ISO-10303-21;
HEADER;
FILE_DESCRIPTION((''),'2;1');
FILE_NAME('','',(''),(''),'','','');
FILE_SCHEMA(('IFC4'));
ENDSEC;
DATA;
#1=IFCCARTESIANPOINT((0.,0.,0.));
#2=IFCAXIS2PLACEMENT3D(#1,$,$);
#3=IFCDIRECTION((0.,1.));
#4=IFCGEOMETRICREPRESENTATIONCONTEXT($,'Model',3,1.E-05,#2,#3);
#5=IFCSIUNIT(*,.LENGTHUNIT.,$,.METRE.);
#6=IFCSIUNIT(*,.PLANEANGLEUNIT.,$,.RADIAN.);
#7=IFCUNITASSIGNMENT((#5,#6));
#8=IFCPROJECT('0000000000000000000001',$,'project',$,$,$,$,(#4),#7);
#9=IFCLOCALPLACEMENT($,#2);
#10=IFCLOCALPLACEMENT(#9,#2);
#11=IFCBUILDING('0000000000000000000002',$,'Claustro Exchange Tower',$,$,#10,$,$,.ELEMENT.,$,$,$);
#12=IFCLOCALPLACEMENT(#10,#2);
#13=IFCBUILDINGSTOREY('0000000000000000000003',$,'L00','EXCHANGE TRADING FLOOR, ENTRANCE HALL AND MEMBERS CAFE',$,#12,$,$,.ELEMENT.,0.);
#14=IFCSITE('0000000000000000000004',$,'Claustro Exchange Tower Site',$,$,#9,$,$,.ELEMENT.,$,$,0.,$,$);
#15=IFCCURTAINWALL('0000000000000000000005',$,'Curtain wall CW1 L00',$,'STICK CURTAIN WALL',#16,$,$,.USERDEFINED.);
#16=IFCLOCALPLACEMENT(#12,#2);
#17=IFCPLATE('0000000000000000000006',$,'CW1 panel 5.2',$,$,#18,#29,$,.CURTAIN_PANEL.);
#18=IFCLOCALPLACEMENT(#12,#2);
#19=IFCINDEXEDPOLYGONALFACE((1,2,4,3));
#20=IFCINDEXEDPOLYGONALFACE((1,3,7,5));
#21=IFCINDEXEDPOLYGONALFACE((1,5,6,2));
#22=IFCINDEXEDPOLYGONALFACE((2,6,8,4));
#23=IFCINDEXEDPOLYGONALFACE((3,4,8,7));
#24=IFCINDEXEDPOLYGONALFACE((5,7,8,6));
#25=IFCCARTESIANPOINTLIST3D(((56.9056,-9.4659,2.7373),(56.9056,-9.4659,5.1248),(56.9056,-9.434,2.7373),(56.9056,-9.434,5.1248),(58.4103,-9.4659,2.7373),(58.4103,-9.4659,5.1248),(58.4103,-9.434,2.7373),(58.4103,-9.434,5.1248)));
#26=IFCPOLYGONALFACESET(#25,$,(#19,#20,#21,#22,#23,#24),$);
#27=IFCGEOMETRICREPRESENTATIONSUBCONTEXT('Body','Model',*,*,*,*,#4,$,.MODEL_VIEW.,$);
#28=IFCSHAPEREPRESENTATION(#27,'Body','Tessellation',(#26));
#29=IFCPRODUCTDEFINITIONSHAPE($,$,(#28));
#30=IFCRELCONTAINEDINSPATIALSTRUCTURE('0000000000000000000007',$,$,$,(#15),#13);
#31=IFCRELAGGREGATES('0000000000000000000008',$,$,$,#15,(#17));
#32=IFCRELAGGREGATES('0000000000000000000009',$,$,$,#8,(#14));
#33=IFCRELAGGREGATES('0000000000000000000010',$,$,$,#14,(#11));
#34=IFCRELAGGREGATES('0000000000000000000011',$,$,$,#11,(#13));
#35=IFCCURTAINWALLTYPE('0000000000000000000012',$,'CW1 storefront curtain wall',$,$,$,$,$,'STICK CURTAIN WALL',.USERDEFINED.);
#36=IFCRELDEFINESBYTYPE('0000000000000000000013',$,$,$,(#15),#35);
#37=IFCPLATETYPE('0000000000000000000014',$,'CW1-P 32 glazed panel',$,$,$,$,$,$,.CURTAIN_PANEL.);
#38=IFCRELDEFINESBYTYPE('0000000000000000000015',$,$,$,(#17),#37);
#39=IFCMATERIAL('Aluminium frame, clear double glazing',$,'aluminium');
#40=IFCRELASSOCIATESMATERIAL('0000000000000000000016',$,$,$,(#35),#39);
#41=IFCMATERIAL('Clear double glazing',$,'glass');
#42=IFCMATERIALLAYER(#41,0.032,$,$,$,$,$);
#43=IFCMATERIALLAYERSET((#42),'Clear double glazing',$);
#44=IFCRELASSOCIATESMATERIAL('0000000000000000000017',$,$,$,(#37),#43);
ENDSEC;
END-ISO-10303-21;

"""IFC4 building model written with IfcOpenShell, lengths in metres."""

from ifc_helpers import new_model, si_unit, direction, frame, origin, origin_2d, place, context, subcontext, project, spatial, rectangle, extrude, material, layer, layer_set, type_object, element, aggregate, save


model = new_model("IFC4")

# Units and contexts
model_context = context("Model", 3, precision=1e-05, world=origin(), true_north=direction((0.0, 1.0)))
body_context = subcontext(model_context, "Body", "Model", "MODEL_VIEW")
ifc_project = project(units=[si_unit("LENGTHUNIT", "METRE"), si_unit("PLANEANGLEUNIT", "RADIAN")], contexts=[model_context])

# Site, building, storey
site_placement = place(None, origin())
site = spatial("IfcSite", under=ifc_project, at=site_placement, Name="Claustro Exchange Tower Site", CompositionType="ELEMENT", RefElevation=0.0)
building_placement = place(site_placement, origin())
building = spatial("IfcBuilding", under=site, at=building_placement, Name="Claustro Exchange Tower", CompositionType="ELEMENT")
storey_placement = place(building_placement, origin())
storey = spatial("IfcBuildingStorey", under=building, at=storey_placement, Name="L00", Description="EXCHANGE TRADING FLOOR, ENTRANCE HALL AND MEMBERS CAFE", CompositionType="ELEMENT", Elevation=0.0)

# Curtain wall, plate
ifc_material_1 = material(Name="Aluminium frame, clear double glazing", Category="aluminium")
curtain_wall_type = type_object("IfcCurtainWallType", Name="CW1 storefront curtain wall", ElementType="STICK CURTAIN WALL", PredefinedType="USERDEFINED", material=ifc_material_1)
curtain_wall_placement = place(storey_placement, origin())
curtain_wall = element("IfcCurtainWall", 1, at=curtain_wall_placement, inside=storey, type_object=curtain_wall_type, Name="Curtain wall CW1 L00", ObjectType="STICK CURTAIN WALL", PredefinedType="USERDEFINED")
ifc_material_2 = material(Name="Clear double glazing", Category="glass")
ifc_layer = layer(ifc_material_2, 0.032)
ifc_layer_set = layer_set([ifc_layer], Name="Clear double glazing")
plate_type = type_object("IfcPlateType", Name="CW1-P 32 glazed panel", PredefinedType="CURTAIN_PANEL", material=ifc_layer_set)
plate_1_placement = place(storey_placement, frame((57.658, -9.45, 2.7373), z_axis=(0.0, 0.0, 1.0), x_axis=(1.0, 0.0, 0.0)))
plate_1 = element("IfcPlate", 2, at=plate_1_placement, type_object=plate_type, Name="CW1 panel 5.2", PredefinedType="CURTAIN_PANEL", context=body_context, shape_type="SweptSolid", body=[
    extrude(rectangle(XDim=1.5046, YDim=0.032, at=origin_2d()), origin(), (0.0, 0.0, 1.0), 2.3875),
])
aggregate(curtain_wall, [plate_1])

save(model, "model.ifc")
